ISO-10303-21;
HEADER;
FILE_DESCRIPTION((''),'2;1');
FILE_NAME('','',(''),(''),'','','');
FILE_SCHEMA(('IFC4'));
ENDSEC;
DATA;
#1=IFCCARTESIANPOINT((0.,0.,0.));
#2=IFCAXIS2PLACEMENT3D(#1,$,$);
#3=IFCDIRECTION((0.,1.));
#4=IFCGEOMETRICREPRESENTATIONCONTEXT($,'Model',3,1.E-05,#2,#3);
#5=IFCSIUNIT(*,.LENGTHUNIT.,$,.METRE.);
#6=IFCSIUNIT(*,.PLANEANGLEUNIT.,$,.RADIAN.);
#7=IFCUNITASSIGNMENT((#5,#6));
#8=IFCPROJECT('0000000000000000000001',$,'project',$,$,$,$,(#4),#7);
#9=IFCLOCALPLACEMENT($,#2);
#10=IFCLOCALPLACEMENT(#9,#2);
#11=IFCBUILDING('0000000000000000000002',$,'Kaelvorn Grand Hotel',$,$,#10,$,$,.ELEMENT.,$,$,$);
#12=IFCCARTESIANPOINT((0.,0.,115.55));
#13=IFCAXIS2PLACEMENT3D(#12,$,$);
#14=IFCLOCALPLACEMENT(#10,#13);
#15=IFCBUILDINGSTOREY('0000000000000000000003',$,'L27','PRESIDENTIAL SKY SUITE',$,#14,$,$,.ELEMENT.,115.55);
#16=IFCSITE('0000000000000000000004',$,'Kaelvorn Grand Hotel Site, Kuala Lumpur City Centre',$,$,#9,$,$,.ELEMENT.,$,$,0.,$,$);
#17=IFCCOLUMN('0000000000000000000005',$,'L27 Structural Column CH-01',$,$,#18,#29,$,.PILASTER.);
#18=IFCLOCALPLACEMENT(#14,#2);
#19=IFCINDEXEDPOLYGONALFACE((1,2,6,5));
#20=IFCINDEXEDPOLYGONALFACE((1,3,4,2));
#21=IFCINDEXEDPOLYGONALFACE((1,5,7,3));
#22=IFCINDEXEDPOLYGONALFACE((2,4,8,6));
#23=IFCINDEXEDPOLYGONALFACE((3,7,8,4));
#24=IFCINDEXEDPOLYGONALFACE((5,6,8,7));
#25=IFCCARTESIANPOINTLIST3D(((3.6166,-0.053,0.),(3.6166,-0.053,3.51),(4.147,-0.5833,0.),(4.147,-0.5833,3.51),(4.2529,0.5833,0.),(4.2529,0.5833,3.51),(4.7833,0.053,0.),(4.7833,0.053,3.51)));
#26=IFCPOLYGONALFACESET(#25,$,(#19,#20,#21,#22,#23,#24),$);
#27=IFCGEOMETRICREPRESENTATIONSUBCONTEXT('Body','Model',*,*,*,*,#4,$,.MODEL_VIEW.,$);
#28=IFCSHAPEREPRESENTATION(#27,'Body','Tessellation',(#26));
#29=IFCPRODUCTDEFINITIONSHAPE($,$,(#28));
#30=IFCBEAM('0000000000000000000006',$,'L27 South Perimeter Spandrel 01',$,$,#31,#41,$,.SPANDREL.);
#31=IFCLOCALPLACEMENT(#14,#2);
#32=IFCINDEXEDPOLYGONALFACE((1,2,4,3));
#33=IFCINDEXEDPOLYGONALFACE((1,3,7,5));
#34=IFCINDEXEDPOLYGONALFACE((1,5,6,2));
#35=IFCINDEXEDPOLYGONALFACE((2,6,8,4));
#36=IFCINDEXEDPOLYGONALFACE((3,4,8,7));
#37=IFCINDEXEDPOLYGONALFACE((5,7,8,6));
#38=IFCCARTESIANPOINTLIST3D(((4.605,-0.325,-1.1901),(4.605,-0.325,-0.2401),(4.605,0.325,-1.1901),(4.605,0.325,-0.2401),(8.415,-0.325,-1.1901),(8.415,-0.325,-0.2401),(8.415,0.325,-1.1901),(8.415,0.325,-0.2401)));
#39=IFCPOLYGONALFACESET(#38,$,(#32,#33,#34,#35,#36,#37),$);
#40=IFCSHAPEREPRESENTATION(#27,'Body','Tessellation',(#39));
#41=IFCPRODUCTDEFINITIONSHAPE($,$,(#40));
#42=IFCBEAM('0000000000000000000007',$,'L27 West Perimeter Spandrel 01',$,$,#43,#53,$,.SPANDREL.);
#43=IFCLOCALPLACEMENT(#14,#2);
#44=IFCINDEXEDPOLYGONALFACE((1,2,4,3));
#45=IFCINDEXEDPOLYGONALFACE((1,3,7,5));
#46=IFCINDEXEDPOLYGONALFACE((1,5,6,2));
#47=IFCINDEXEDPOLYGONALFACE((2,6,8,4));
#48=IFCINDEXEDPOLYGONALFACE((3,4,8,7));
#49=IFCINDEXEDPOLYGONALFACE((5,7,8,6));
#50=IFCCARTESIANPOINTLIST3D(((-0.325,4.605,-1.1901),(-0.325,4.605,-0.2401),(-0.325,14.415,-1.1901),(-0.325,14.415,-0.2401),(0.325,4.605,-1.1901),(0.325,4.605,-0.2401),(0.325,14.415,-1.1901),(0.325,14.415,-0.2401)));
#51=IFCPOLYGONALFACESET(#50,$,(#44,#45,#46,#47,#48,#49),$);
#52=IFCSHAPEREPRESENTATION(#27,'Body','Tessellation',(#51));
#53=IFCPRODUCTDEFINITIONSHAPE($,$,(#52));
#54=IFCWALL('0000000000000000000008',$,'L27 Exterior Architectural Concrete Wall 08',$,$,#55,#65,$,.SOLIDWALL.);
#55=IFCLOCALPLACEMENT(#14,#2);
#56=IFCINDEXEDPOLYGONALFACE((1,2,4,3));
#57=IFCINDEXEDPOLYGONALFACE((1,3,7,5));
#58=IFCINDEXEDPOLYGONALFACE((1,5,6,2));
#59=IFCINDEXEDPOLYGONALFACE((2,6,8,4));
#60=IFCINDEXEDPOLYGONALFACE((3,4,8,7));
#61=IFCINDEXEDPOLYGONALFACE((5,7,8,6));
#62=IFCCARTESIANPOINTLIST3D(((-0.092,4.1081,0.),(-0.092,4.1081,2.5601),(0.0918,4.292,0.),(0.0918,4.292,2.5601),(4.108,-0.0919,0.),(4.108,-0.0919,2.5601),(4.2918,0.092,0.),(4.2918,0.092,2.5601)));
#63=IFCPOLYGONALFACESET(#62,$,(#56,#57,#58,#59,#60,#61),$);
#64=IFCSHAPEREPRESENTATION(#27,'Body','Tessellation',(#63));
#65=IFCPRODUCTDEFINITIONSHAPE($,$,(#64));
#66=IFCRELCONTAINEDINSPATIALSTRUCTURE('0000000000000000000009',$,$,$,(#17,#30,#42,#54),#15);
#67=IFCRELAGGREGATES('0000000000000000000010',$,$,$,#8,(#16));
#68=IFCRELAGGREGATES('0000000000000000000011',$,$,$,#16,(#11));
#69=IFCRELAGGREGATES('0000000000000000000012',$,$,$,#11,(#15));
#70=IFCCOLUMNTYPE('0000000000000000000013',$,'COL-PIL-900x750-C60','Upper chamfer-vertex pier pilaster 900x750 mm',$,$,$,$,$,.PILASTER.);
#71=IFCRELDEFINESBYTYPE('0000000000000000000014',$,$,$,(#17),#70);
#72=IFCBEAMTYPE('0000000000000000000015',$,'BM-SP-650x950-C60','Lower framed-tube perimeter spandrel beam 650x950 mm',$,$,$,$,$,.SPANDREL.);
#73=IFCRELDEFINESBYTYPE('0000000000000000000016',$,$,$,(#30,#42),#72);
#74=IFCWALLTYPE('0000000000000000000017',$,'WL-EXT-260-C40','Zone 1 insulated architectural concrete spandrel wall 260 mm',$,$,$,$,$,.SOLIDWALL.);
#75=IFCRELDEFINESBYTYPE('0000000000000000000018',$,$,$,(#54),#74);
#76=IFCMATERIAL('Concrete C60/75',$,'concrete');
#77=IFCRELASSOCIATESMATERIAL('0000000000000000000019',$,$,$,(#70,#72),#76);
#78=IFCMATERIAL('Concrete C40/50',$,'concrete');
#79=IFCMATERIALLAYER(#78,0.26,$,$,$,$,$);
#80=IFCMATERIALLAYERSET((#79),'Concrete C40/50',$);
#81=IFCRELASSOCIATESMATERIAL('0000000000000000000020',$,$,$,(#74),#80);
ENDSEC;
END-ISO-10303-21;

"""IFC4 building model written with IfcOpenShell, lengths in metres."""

from ifc_helpers import new_model, si_unit, direction, frame, frame_2d, origin, origin_2d, place, context, subcontext, project, spatial, rectangle, extrude, material, layer, layer_set, material_profile, profile_set, type_object, element, save


model = new_model("IFC4")

# Units and contexts
model_context = context("Model", 3, precision=1e-05, world=origin(), true_north=direction((0.0, 1.0)))
body_context = subcontext(model_context, "Body", "Model", "MODEL_VIEW")
ifc_project = project(units=[si_unit("LENGTHUNIT", "METRE"), si_unit("PLANEANGLEUNIT", "RADIAN")], contexts=[model_context])

# Site, building, storey
site_placement = place(None, origin())
site = spatial("IfcSite", under=ifc_project, at=site_placement, Name="Kaelvorn Grand Hotel Site, Kuala Lumpur City Centre", CompositionType="ELEMENT", RefElevation=0.0)
building_placement = place(site_placement, origin())
building = spatial("IfcBuilding", under=site, at=building_placement, Name="Kaelvorn Grand Hotel", CompositionType="ELEMENT")
storey_placement = place(building_placement, frame((0.0, 0.0, 115.55)))
storey = spatial("IfcBuildingStorey", under=building, at=storey_placement, Name="L27", Description="PRESIDENTIAL SKY SUITE", CompositionType="ELEMENT", Elevation=115.55)

# Column
ifc_material_1 = material(Name="Concrete C60/75", Category="concrete")
ifc_material_profile_1 = material_profile(ifc_material_1, rectangle(XDim=0.8999, YDim=0.75, at=origin_2d()), Name="RC PILASTER 900x750")
ifc_profile_set_1 = profile_set([ifc_material_profile_1], Name="Concrete C60/75")
column_type = type_object("IfcColumnType", Name="COL-PIL-900x750-C60", Description="Upper chamfer-vertex pier pilaster 900x750 mm", PredefinedType="PILASTER", material=ifc_profile_set_1)
column_placement = place(storey_placement, frame((4.2, 0.0, 0.0), z_axis=(0.0, 0.0, 1.0), x_axis=(0.707107, 0.707107, 0.0)))
element("IfcColumn", 1, at=column_placement, inside=storey, type_object=column_type, Name="L27 Structural Column CH-01", PredefinedType="PILASTER", context=body_context, shape_type="SweptSolid", body=[
    extrude(rectangle(XDim=0.8999, YDim=0.75, at=origin_2d()), origin(), (0.0, 0.0, 1.0), 3.51),
])

# Beams
ifc_material_profile_2 = material_profile(ifc_material_1, rectangle(XDim=0.6499, YDim=0.95, at=origin_2d()), Name="RC SPANDREL 650x950")
ifc_profile_set_2 = profile_set([ifc_material_profile_2], Name="Concrete C60/75")
beam_type = type_object("IfcBeamType", Name="BM-SP-650x950-C60", Description="Lower framed-tube perimeter spandrel beam 650x950 mm", PredefinedType="SPANDREL", material=ifc_profile_set_2)
beam_1_placement = place(storey_placement, frame((4.605, 0.0, -0.7151), z_axis=(1.0, 0.0, 0.0), x_axis=(0.0, 1.0, 0.0)))
element("IfcBeam", 2, at=beam_1_placement, inside=storey, type_object=beam_type, Name="L27 South Perimeter Spandrel 01", PredefinedType="SPANDREL", context=body_context, shape_type="SweptSolid", body=[
    extrude(rectangle(XDim=0.6499, YDim=0.95, at=origin_2d()), origin(), (0.0, 0.0, 1.0), 3.8101),
])
beam_2_placement = place(storey_placement, frame((0.0, 4.605, -0.7151), z_axis=(0.0, 1.0, 0.0), x_axis=(-1.0, 0.0, 0.0)))
element("IfcBeam", 3, at=beam_2_placement, inside=storey, type_object=beam_type, Name="L27 West Perimeter Spandrel 01", PredefinedType="SPANDREL", context=body_context, shape_type="SweptSolid", body=[
    extrude(rectangle(XDim=0.6499, YDim=0.95, at=origin_2d()), origin(), (0.0, 0.0, 1.0), 9.8101),
])

# Shared definitions
ifc_material_2 = material(Name="Concrete C40/50", Category="concrete")
ifc_layer = layer(ifc_material_2, 0.26)
ifc_layer_set = layer_set([ifc_layer], Name="Concrete C40/50")
wall_type = type_object("IfcWallType", Name="WL-EXT-260-C40", Description="Zone 1 insulated architectural concrete spandrel wall 260 mm", PredefinedType="SOLIDWALL", material=ifc_layer_set)

# Wall
wall_1_placement = place(storey_placement, frame((0.0, 4.2, 0.0), z_axis=(0.0, 0.0, 1.0), x_axis=(0.707107, -0.707107, 0.0)))
element("IfcWall", 4, at=wall_1_placement, inside=storey, type_object=wall_type, Name="L27 Exterior Architectural Concrete Wall 08", PredefinedType="SOLIDWALL", context=body_context, shape_type="SweptSolid", body=[
    extrude(rectangle(XDim=5.9397, YDim=0.26, at=frame_2d((2.9697, 0.0))), origin(), (0.0, 0.0, 1.0), 2.5601),
])

save(model, "model.ifc")
